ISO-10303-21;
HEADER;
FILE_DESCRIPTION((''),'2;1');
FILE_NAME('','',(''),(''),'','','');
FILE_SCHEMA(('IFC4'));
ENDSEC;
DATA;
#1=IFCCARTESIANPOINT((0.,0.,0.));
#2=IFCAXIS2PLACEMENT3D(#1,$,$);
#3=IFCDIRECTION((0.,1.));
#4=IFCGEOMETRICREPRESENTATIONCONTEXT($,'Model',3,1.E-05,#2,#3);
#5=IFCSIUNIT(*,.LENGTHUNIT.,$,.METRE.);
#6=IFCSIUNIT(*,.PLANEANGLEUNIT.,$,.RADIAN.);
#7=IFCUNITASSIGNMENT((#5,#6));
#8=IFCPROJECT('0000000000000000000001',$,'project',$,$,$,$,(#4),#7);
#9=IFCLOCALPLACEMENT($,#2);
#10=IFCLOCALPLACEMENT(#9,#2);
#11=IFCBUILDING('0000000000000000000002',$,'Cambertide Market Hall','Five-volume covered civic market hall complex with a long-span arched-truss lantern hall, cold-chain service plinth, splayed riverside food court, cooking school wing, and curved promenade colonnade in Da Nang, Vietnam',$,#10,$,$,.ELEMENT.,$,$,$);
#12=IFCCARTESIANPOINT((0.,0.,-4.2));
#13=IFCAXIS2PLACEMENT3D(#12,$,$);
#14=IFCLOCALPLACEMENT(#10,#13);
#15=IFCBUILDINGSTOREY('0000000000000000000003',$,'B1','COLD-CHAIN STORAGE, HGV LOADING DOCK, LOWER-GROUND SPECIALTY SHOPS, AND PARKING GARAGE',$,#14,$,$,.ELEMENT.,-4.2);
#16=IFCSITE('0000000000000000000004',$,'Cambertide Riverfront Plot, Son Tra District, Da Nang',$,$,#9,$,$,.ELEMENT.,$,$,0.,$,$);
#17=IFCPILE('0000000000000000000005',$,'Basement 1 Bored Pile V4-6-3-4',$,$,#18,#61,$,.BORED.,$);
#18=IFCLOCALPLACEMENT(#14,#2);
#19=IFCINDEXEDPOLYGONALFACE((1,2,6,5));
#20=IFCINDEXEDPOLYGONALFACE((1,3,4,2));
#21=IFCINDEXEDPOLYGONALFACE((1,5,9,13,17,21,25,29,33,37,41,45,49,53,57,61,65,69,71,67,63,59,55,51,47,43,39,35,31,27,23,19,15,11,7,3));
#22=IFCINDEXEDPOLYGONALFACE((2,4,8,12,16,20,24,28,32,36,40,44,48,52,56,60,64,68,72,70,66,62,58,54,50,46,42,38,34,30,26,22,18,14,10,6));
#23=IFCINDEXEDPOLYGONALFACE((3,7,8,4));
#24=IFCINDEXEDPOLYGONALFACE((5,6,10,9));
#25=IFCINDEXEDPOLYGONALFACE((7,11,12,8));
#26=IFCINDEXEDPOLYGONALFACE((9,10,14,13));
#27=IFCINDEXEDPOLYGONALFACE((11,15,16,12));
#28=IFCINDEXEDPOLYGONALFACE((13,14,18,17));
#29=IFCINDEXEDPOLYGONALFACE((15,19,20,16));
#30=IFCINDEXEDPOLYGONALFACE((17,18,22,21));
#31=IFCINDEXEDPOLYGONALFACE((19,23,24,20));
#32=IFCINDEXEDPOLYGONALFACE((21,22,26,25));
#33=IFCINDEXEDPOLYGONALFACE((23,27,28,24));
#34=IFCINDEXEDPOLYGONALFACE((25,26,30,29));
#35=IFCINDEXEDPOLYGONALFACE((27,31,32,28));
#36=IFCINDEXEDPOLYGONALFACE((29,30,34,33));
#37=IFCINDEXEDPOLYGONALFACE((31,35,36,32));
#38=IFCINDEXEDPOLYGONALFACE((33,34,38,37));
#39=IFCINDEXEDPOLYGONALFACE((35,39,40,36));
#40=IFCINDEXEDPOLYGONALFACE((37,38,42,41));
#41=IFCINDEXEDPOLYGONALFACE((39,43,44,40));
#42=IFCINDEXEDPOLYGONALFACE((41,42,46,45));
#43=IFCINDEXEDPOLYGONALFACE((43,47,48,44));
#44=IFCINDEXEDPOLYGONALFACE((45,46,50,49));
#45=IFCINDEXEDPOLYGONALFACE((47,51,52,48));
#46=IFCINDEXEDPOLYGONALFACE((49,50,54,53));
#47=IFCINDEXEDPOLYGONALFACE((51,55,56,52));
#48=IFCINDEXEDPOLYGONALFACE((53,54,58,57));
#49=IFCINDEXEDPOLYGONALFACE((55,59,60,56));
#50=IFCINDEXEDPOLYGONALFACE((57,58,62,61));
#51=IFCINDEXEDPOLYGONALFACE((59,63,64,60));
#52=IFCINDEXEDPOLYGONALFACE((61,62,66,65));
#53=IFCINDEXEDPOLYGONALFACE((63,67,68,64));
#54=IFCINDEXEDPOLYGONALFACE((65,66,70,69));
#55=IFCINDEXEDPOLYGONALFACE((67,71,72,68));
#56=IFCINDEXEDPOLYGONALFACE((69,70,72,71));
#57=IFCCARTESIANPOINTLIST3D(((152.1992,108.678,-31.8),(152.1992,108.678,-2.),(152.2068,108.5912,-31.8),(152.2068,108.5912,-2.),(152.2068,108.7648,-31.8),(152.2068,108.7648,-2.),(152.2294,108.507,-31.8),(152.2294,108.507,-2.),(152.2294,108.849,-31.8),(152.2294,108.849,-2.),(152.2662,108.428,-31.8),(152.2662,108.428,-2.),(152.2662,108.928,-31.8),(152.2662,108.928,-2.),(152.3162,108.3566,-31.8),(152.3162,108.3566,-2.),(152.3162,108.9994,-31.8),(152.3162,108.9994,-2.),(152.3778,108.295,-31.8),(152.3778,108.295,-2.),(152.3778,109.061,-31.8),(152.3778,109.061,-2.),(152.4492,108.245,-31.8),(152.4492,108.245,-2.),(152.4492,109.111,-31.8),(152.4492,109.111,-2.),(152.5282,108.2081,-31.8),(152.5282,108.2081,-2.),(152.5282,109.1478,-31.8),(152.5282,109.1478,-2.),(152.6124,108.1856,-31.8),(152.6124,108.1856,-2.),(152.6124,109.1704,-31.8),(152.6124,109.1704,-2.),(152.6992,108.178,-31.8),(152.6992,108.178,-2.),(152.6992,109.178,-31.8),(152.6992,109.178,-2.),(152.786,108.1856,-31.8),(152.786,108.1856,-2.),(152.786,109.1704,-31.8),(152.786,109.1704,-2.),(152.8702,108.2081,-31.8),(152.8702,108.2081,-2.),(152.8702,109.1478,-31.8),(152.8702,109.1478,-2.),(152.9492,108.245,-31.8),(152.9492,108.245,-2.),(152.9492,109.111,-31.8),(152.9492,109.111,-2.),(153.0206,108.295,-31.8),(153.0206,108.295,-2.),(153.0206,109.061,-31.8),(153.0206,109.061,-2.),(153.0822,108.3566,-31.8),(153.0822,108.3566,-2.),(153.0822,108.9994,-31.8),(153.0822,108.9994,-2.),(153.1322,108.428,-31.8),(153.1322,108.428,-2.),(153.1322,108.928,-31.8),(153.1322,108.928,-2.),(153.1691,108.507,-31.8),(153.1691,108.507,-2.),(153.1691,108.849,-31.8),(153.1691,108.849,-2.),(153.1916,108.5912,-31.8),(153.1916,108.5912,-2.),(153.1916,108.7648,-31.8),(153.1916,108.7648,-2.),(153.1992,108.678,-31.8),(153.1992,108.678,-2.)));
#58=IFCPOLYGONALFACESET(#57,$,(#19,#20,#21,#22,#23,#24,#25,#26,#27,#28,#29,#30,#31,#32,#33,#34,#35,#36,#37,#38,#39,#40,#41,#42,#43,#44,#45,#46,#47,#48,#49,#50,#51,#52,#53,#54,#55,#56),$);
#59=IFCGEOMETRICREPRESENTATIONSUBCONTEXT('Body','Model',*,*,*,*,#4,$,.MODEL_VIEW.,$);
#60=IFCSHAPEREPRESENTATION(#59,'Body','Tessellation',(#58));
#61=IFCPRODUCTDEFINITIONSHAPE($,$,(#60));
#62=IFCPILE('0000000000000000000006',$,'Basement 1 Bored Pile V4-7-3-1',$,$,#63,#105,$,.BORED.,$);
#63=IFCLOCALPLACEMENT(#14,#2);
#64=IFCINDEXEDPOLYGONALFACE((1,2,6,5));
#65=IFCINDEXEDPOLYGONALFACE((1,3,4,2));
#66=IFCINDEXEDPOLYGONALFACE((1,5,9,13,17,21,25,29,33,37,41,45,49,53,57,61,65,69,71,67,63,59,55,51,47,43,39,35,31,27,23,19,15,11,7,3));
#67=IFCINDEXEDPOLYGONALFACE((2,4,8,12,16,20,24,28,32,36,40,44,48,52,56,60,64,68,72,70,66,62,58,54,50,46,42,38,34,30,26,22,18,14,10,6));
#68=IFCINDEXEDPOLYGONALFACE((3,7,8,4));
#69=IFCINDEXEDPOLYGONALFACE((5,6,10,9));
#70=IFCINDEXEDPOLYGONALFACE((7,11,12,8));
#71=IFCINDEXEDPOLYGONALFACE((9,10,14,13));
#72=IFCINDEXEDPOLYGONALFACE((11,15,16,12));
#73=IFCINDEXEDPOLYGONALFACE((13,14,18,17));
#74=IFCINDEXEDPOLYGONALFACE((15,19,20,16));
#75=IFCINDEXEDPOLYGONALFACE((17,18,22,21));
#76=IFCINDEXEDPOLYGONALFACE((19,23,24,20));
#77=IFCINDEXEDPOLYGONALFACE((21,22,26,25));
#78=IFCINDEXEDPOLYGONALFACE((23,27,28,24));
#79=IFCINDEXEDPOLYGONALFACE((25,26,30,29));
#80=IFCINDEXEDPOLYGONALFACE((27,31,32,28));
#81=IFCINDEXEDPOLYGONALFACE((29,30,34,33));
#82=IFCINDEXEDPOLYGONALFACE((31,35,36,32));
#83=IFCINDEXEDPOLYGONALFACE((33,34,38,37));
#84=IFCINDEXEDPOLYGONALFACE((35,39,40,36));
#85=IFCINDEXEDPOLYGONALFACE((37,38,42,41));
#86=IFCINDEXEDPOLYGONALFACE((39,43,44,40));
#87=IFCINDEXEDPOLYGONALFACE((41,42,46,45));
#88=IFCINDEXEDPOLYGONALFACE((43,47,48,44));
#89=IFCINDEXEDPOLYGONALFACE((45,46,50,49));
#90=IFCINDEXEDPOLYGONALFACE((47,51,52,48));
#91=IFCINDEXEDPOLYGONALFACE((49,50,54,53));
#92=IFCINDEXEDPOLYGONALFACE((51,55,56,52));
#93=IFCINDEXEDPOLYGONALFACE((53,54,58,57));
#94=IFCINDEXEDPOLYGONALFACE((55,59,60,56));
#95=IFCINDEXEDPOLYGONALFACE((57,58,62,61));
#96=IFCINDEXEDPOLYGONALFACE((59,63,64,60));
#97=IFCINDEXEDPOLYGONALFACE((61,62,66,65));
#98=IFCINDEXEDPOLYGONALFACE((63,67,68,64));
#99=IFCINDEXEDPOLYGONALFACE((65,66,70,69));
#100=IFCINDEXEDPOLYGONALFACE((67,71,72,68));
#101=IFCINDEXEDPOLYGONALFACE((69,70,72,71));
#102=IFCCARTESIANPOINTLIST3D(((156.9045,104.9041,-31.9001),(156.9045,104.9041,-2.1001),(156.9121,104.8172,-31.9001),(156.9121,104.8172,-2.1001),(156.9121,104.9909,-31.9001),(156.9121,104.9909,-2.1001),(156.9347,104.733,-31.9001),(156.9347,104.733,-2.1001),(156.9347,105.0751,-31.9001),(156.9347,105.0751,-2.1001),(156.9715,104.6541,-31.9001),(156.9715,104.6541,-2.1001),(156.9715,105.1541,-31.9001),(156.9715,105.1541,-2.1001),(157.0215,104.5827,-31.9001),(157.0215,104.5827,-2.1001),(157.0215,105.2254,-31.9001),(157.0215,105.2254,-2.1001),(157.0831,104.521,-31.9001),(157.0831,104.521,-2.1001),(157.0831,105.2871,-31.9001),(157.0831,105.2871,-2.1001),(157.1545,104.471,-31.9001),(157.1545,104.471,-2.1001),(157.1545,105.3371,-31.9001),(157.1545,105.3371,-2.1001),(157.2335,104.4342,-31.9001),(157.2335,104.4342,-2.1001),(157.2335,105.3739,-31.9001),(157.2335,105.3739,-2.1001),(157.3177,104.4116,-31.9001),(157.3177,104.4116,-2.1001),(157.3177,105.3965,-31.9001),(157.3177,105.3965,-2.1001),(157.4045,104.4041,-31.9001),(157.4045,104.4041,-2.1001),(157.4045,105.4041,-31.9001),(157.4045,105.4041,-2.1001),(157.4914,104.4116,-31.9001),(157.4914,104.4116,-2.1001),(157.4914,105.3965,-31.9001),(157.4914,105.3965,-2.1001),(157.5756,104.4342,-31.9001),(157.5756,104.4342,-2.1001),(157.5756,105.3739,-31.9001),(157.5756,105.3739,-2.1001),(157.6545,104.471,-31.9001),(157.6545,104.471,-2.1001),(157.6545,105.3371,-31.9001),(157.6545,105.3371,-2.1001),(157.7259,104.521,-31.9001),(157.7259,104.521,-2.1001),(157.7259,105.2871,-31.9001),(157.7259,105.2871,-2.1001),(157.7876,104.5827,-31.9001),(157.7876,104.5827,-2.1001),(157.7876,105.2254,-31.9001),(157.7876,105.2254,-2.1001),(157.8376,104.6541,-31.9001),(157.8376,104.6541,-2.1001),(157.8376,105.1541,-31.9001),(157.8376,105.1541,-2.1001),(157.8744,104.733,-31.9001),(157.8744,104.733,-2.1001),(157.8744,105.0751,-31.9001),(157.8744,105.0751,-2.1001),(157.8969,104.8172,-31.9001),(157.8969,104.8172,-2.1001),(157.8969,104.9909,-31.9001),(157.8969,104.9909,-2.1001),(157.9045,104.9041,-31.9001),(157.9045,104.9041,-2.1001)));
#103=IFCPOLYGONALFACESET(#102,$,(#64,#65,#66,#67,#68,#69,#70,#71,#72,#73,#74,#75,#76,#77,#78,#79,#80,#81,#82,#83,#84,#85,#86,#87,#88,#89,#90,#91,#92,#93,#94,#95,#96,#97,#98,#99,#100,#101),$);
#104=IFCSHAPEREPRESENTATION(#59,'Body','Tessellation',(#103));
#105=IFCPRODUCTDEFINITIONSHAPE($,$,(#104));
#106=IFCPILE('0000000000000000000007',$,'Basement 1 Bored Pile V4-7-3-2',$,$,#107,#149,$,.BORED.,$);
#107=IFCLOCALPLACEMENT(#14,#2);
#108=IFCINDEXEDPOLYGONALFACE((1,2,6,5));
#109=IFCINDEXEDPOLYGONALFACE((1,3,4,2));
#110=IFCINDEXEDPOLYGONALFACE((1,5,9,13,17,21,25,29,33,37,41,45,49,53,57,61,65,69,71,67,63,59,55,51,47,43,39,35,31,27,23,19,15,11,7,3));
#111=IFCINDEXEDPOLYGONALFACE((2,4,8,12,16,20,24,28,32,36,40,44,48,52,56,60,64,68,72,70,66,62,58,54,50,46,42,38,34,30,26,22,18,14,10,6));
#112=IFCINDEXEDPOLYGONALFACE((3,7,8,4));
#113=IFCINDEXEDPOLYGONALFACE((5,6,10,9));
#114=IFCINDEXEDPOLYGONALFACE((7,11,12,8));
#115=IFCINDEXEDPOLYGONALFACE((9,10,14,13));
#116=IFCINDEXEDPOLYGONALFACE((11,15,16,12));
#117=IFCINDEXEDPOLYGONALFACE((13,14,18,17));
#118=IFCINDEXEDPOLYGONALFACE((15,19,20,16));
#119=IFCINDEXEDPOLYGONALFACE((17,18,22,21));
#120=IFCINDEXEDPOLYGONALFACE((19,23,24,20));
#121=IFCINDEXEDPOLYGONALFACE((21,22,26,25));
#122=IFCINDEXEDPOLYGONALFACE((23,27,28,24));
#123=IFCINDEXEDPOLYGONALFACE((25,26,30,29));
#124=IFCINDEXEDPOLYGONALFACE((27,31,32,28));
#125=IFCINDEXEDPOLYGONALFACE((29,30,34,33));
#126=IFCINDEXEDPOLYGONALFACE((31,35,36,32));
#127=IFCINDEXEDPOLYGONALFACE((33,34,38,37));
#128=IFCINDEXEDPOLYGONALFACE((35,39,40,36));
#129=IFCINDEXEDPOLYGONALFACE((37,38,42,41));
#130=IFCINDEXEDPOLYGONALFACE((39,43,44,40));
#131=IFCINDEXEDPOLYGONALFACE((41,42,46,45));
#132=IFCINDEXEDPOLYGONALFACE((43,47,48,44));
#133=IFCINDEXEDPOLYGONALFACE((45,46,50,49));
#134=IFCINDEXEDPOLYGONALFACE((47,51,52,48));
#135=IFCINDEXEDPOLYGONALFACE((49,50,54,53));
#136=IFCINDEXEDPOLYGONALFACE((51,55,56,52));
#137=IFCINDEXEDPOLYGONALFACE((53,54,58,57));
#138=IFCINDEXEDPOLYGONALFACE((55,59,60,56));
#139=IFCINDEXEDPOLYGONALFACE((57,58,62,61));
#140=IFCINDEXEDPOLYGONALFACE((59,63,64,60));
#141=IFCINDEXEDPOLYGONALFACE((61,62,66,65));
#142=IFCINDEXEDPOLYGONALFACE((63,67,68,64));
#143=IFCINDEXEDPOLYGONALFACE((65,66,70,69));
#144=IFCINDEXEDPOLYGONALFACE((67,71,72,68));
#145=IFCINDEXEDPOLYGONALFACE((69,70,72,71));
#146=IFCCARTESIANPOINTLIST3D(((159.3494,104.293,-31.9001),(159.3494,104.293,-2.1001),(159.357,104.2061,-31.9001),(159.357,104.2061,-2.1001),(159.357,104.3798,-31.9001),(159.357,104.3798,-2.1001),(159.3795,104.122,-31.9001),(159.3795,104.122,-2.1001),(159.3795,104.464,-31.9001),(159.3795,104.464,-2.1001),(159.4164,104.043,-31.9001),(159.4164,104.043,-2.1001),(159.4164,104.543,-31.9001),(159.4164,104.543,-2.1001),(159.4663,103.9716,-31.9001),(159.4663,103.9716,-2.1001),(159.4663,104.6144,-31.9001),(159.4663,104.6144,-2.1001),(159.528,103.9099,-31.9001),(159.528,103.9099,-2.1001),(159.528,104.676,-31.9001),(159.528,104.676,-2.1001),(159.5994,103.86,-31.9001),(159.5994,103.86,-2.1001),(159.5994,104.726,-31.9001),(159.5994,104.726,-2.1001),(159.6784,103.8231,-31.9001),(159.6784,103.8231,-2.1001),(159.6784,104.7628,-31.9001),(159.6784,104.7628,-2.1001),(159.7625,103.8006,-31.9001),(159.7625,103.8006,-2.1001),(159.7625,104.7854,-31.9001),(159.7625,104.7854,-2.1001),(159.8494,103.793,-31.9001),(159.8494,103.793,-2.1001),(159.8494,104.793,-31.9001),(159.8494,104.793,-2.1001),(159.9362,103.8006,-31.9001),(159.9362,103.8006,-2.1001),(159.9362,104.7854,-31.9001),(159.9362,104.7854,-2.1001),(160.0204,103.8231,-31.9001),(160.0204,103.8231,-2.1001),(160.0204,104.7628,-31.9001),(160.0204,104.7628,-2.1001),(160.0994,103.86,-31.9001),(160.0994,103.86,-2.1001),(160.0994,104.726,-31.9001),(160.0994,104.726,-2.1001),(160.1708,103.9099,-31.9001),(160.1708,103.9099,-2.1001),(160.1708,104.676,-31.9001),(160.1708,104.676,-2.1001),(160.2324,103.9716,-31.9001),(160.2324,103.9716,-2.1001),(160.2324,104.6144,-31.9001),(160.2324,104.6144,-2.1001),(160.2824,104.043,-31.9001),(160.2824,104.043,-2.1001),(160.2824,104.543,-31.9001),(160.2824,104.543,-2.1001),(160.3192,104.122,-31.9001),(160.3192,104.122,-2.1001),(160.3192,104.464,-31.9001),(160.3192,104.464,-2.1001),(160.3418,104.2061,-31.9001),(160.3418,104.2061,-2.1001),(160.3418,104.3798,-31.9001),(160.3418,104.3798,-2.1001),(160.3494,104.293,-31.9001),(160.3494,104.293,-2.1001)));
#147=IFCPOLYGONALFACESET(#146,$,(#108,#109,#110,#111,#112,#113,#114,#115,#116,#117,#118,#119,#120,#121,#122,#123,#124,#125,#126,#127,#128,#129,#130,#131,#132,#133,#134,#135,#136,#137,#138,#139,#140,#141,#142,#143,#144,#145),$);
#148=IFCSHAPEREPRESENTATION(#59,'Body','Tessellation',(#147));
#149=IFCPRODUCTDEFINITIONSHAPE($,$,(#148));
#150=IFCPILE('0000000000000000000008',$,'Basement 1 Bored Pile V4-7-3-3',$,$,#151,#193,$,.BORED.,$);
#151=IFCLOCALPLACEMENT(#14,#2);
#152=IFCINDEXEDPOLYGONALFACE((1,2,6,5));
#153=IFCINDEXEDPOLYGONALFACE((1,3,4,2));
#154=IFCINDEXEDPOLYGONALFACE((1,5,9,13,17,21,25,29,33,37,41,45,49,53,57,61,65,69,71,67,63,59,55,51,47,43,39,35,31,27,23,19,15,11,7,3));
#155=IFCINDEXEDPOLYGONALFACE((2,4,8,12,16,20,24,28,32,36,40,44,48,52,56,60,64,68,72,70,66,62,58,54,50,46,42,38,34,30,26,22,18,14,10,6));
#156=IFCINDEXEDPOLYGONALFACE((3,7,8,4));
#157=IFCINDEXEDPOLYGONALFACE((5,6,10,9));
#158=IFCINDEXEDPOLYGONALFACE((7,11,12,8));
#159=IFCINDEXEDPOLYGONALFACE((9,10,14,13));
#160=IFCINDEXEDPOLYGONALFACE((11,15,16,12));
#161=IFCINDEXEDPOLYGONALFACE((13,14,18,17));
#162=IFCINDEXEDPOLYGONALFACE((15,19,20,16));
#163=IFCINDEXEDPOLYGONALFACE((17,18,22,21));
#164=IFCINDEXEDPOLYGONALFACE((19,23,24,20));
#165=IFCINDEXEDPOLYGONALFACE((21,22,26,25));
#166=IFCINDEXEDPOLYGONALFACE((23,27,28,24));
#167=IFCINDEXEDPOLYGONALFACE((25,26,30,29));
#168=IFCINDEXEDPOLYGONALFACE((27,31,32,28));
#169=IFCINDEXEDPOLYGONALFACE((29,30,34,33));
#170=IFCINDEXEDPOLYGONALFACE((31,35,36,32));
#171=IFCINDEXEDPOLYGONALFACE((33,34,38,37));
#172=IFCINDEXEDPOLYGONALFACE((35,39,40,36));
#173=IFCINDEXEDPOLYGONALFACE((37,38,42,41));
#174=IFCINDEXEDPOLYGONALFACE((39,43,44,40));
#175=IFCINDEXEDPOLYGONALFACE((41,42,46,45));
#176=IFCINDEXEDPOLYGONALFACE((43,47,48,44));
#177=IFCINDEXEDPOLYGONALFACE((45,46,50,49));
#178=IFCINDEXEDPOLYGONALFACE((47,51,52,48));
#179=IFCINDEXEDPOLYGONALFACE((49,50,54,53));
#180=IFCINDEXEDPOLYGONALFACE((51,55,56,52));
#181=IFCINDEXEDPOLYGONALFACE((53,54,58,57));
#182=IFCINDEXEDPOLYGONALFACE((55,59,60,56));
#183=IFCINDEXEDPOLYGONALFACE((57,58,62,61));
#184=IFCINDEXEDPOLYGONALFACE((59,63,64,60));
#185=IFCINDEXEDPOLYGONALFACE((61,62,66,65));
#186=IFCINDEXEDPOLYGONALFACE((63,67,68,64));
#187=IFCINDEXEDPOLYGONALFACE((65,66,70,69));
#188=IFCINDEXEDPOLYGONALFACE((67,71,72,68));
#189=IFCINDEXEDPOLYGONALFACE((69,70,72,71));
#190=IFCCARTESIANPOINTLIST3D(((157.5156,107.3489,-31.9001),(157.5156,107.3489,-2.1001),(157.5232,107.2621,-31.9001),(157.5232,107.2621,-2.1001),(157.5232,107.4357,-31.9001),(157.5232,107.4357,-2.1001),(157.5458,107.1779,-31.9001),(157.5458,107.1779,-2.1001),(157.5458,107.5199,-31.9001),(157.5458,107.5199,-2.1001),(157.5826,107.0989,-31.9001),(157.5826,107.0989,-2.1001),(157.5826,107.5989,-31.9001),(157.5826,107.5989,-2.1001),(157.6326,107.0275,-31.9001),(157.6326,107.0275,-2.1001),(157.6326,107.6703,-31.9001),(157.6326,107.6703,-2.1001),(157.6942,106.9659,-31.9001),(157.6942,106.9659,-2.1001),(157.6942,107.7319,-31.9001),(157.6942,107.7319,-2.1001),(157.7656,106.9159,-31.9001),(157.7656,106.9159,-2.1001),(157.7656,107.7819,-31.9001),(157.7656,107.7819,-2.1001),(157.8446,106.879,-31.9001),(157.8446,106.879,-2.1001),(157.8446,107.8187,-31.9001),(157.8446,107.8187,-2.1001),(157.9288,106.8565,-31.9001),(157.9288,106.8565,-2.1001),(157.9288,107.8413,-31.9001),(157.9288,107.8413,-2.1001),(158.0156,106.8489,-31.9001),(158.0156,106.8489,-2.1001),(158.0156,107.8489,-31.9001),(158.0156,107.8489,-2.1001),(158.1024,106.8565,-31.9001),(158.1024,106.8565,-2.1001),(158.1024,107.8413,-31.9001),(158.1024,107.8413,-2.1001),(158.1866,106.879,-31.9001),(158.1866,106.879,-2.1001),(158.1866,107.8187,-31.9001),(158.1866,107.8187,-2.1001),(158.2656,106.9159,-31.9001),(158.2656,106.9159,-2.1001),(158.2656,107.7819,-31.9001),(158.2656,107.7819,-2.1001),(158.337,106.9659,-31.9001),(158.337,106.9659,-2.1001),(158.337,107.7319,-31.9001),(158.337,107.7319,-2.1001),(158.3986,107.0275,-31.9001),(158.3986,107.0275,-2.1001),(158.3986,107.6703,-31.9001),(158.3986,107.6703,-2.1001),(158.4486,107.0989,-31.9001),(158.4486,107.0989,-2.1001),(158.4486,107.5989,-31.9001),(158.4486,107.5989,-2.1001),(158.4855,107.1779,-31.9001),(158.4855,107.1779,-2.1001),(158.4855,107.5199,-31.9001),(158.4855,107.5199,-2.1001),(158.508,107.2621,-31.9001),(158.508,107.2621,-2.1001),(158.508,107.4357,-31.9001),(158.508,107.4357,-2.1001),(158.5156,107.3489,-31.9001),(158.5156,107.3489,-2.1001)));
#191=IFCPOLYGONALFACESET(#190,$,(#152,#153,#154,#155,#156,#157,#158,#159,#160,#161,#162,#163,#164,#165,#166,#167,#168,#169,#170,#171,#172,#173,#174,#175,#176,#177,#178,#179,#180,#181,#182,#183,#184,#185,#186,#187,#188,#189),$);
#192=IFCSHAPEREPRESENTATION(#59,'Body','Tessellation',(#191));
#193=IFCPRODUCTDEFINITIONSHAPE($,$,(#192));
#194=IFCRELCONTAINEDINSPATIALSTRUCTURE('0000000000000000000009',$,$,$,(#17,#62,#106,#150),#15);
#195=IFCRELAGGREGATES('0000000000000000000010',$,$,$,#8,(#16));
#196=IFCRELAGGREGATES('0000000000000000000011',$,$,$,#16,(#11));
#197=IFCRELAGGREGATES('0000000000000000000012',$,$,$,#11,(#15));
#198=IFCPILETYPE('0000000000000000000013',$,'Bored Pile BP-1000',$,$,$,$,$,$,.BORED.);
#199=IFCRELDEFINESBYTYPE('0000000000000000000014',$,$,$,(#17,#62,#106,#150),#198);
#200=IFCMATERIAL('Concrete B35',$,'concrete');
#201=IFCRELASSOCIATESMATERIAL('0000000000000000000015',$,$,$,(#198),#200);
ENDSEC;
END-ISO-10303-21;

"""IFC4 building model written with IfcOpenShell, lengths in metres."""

from ifc_helpers import new_model, si_unit, direction, frame, origin, origin_2d, place, context, subcontext, project, spatial, circle, extrude, material, material_profile, profile_set, type_object, element, save


model = new_model("IFC4")

# Units and contexts
model_context = context("Model", 3, precision=1e-05, world=origin(), true_north=direction((0.0, 1.0)))
body_context = subcontext(model_context, "Body", "Model", "MODEL_VIEW")
ifc_project = project(units=[si_unit("LENGTHUNIT", "METRE"), si_unit("PLANEANGLEUNIT", "RADIAN")], contexts=[model_context])

# Site, building, storey
site_placement = place(None, origin())
site = spatial("IfcSite", under=ifc_project, at=site_placement, Name="Cambertide Riverfront Plot, Son Tra District, Da Nang", CompositionType="ELEMENT", RefElevation=0.0)
building_placement = place(site_placement, origin())
building = spatial("IfcBuilding", under=site, at=building_placement, Name="Cambertide Market Hall", Description="Five-volume covered civic market hall complex with a long-span arched-truss lantern hall, cold-chain service plinth, splayed riverside food court, cooking school wing, and curved promenade colonnade in Da Nang, Vietnam", CompositionType="ELEMENT")
storey_placement = place(building_placement, frame((0.0, 0.0, -4.2)))
storey = spatial("IfcBuildingStorey", under=building, at=storey_placement, Name="B1", Description="COLD-CHAIN STORAGE, HGV LOADING DOCK, LOWER-GROUND SPECIALTY SHOPS, AND PARKING GARAGE", CompositionType="ELEMENT", Elevation=-4.2)

# Piles
ifc_material_1 = material(Name="Concrete B35", Category="concrete")
ifc_material_profile_1 = material_profile(ifc_material_1, circle(Radius=0.5, at=origin_2d()), Name="BP D1000")
ifc_profile_set_1 = profile_set([ifc_material_profile_1], Name="Concrete B35")
pile_type_1 = type_object("IfcPileType", Name="Bored Pile BP-1000", PredefinedType="BORED", material=ifc_profile_set_1)
for number, where, z_axis, x_axis, name in (
    (1, (152.6992, 108.678, -2.0), (0.0, 0.0, -1.0), (1.0, 0.0, 0.0), "Basement 1 Bored Pile V4-6-3-4"),
    (2, (157.4045, 104.9041, -2.1001), (0.0, 0.0, -1.0), (1.0, 0.0, 0.0), "Basement 1 Bored Pile V4-7-3-1"),
    (3, (159.8494, 104.293, -2.1001), (0.0, 0.0, -1.0), (1.0, 0.0, 0.0), "Basement 1 Bored Pile V4-7-3-2"),
    (4, (158.0156, 107.3489, -2.1001), (0.0, 0.0, -1.0), (1.0, 0.0, 0.0), "Basement 1 Bored Pile V4-7-3-3"),
):
    element("IfcPile", number, at=place(storey_placement, frame(where, z_axis=z_axis, x_axis=x_axis)), inside=storey, type_object=pile_type_1, Name=name, PredefinedType="BORED", context=body_context, shape_type="SweptSolid", body=[
        extrude(circle(Radius=0.5, at=origin_2d()), origin(), (0.0, 0.0, 1.0), 29.8),
    ])

save(model, "model.ifc")
